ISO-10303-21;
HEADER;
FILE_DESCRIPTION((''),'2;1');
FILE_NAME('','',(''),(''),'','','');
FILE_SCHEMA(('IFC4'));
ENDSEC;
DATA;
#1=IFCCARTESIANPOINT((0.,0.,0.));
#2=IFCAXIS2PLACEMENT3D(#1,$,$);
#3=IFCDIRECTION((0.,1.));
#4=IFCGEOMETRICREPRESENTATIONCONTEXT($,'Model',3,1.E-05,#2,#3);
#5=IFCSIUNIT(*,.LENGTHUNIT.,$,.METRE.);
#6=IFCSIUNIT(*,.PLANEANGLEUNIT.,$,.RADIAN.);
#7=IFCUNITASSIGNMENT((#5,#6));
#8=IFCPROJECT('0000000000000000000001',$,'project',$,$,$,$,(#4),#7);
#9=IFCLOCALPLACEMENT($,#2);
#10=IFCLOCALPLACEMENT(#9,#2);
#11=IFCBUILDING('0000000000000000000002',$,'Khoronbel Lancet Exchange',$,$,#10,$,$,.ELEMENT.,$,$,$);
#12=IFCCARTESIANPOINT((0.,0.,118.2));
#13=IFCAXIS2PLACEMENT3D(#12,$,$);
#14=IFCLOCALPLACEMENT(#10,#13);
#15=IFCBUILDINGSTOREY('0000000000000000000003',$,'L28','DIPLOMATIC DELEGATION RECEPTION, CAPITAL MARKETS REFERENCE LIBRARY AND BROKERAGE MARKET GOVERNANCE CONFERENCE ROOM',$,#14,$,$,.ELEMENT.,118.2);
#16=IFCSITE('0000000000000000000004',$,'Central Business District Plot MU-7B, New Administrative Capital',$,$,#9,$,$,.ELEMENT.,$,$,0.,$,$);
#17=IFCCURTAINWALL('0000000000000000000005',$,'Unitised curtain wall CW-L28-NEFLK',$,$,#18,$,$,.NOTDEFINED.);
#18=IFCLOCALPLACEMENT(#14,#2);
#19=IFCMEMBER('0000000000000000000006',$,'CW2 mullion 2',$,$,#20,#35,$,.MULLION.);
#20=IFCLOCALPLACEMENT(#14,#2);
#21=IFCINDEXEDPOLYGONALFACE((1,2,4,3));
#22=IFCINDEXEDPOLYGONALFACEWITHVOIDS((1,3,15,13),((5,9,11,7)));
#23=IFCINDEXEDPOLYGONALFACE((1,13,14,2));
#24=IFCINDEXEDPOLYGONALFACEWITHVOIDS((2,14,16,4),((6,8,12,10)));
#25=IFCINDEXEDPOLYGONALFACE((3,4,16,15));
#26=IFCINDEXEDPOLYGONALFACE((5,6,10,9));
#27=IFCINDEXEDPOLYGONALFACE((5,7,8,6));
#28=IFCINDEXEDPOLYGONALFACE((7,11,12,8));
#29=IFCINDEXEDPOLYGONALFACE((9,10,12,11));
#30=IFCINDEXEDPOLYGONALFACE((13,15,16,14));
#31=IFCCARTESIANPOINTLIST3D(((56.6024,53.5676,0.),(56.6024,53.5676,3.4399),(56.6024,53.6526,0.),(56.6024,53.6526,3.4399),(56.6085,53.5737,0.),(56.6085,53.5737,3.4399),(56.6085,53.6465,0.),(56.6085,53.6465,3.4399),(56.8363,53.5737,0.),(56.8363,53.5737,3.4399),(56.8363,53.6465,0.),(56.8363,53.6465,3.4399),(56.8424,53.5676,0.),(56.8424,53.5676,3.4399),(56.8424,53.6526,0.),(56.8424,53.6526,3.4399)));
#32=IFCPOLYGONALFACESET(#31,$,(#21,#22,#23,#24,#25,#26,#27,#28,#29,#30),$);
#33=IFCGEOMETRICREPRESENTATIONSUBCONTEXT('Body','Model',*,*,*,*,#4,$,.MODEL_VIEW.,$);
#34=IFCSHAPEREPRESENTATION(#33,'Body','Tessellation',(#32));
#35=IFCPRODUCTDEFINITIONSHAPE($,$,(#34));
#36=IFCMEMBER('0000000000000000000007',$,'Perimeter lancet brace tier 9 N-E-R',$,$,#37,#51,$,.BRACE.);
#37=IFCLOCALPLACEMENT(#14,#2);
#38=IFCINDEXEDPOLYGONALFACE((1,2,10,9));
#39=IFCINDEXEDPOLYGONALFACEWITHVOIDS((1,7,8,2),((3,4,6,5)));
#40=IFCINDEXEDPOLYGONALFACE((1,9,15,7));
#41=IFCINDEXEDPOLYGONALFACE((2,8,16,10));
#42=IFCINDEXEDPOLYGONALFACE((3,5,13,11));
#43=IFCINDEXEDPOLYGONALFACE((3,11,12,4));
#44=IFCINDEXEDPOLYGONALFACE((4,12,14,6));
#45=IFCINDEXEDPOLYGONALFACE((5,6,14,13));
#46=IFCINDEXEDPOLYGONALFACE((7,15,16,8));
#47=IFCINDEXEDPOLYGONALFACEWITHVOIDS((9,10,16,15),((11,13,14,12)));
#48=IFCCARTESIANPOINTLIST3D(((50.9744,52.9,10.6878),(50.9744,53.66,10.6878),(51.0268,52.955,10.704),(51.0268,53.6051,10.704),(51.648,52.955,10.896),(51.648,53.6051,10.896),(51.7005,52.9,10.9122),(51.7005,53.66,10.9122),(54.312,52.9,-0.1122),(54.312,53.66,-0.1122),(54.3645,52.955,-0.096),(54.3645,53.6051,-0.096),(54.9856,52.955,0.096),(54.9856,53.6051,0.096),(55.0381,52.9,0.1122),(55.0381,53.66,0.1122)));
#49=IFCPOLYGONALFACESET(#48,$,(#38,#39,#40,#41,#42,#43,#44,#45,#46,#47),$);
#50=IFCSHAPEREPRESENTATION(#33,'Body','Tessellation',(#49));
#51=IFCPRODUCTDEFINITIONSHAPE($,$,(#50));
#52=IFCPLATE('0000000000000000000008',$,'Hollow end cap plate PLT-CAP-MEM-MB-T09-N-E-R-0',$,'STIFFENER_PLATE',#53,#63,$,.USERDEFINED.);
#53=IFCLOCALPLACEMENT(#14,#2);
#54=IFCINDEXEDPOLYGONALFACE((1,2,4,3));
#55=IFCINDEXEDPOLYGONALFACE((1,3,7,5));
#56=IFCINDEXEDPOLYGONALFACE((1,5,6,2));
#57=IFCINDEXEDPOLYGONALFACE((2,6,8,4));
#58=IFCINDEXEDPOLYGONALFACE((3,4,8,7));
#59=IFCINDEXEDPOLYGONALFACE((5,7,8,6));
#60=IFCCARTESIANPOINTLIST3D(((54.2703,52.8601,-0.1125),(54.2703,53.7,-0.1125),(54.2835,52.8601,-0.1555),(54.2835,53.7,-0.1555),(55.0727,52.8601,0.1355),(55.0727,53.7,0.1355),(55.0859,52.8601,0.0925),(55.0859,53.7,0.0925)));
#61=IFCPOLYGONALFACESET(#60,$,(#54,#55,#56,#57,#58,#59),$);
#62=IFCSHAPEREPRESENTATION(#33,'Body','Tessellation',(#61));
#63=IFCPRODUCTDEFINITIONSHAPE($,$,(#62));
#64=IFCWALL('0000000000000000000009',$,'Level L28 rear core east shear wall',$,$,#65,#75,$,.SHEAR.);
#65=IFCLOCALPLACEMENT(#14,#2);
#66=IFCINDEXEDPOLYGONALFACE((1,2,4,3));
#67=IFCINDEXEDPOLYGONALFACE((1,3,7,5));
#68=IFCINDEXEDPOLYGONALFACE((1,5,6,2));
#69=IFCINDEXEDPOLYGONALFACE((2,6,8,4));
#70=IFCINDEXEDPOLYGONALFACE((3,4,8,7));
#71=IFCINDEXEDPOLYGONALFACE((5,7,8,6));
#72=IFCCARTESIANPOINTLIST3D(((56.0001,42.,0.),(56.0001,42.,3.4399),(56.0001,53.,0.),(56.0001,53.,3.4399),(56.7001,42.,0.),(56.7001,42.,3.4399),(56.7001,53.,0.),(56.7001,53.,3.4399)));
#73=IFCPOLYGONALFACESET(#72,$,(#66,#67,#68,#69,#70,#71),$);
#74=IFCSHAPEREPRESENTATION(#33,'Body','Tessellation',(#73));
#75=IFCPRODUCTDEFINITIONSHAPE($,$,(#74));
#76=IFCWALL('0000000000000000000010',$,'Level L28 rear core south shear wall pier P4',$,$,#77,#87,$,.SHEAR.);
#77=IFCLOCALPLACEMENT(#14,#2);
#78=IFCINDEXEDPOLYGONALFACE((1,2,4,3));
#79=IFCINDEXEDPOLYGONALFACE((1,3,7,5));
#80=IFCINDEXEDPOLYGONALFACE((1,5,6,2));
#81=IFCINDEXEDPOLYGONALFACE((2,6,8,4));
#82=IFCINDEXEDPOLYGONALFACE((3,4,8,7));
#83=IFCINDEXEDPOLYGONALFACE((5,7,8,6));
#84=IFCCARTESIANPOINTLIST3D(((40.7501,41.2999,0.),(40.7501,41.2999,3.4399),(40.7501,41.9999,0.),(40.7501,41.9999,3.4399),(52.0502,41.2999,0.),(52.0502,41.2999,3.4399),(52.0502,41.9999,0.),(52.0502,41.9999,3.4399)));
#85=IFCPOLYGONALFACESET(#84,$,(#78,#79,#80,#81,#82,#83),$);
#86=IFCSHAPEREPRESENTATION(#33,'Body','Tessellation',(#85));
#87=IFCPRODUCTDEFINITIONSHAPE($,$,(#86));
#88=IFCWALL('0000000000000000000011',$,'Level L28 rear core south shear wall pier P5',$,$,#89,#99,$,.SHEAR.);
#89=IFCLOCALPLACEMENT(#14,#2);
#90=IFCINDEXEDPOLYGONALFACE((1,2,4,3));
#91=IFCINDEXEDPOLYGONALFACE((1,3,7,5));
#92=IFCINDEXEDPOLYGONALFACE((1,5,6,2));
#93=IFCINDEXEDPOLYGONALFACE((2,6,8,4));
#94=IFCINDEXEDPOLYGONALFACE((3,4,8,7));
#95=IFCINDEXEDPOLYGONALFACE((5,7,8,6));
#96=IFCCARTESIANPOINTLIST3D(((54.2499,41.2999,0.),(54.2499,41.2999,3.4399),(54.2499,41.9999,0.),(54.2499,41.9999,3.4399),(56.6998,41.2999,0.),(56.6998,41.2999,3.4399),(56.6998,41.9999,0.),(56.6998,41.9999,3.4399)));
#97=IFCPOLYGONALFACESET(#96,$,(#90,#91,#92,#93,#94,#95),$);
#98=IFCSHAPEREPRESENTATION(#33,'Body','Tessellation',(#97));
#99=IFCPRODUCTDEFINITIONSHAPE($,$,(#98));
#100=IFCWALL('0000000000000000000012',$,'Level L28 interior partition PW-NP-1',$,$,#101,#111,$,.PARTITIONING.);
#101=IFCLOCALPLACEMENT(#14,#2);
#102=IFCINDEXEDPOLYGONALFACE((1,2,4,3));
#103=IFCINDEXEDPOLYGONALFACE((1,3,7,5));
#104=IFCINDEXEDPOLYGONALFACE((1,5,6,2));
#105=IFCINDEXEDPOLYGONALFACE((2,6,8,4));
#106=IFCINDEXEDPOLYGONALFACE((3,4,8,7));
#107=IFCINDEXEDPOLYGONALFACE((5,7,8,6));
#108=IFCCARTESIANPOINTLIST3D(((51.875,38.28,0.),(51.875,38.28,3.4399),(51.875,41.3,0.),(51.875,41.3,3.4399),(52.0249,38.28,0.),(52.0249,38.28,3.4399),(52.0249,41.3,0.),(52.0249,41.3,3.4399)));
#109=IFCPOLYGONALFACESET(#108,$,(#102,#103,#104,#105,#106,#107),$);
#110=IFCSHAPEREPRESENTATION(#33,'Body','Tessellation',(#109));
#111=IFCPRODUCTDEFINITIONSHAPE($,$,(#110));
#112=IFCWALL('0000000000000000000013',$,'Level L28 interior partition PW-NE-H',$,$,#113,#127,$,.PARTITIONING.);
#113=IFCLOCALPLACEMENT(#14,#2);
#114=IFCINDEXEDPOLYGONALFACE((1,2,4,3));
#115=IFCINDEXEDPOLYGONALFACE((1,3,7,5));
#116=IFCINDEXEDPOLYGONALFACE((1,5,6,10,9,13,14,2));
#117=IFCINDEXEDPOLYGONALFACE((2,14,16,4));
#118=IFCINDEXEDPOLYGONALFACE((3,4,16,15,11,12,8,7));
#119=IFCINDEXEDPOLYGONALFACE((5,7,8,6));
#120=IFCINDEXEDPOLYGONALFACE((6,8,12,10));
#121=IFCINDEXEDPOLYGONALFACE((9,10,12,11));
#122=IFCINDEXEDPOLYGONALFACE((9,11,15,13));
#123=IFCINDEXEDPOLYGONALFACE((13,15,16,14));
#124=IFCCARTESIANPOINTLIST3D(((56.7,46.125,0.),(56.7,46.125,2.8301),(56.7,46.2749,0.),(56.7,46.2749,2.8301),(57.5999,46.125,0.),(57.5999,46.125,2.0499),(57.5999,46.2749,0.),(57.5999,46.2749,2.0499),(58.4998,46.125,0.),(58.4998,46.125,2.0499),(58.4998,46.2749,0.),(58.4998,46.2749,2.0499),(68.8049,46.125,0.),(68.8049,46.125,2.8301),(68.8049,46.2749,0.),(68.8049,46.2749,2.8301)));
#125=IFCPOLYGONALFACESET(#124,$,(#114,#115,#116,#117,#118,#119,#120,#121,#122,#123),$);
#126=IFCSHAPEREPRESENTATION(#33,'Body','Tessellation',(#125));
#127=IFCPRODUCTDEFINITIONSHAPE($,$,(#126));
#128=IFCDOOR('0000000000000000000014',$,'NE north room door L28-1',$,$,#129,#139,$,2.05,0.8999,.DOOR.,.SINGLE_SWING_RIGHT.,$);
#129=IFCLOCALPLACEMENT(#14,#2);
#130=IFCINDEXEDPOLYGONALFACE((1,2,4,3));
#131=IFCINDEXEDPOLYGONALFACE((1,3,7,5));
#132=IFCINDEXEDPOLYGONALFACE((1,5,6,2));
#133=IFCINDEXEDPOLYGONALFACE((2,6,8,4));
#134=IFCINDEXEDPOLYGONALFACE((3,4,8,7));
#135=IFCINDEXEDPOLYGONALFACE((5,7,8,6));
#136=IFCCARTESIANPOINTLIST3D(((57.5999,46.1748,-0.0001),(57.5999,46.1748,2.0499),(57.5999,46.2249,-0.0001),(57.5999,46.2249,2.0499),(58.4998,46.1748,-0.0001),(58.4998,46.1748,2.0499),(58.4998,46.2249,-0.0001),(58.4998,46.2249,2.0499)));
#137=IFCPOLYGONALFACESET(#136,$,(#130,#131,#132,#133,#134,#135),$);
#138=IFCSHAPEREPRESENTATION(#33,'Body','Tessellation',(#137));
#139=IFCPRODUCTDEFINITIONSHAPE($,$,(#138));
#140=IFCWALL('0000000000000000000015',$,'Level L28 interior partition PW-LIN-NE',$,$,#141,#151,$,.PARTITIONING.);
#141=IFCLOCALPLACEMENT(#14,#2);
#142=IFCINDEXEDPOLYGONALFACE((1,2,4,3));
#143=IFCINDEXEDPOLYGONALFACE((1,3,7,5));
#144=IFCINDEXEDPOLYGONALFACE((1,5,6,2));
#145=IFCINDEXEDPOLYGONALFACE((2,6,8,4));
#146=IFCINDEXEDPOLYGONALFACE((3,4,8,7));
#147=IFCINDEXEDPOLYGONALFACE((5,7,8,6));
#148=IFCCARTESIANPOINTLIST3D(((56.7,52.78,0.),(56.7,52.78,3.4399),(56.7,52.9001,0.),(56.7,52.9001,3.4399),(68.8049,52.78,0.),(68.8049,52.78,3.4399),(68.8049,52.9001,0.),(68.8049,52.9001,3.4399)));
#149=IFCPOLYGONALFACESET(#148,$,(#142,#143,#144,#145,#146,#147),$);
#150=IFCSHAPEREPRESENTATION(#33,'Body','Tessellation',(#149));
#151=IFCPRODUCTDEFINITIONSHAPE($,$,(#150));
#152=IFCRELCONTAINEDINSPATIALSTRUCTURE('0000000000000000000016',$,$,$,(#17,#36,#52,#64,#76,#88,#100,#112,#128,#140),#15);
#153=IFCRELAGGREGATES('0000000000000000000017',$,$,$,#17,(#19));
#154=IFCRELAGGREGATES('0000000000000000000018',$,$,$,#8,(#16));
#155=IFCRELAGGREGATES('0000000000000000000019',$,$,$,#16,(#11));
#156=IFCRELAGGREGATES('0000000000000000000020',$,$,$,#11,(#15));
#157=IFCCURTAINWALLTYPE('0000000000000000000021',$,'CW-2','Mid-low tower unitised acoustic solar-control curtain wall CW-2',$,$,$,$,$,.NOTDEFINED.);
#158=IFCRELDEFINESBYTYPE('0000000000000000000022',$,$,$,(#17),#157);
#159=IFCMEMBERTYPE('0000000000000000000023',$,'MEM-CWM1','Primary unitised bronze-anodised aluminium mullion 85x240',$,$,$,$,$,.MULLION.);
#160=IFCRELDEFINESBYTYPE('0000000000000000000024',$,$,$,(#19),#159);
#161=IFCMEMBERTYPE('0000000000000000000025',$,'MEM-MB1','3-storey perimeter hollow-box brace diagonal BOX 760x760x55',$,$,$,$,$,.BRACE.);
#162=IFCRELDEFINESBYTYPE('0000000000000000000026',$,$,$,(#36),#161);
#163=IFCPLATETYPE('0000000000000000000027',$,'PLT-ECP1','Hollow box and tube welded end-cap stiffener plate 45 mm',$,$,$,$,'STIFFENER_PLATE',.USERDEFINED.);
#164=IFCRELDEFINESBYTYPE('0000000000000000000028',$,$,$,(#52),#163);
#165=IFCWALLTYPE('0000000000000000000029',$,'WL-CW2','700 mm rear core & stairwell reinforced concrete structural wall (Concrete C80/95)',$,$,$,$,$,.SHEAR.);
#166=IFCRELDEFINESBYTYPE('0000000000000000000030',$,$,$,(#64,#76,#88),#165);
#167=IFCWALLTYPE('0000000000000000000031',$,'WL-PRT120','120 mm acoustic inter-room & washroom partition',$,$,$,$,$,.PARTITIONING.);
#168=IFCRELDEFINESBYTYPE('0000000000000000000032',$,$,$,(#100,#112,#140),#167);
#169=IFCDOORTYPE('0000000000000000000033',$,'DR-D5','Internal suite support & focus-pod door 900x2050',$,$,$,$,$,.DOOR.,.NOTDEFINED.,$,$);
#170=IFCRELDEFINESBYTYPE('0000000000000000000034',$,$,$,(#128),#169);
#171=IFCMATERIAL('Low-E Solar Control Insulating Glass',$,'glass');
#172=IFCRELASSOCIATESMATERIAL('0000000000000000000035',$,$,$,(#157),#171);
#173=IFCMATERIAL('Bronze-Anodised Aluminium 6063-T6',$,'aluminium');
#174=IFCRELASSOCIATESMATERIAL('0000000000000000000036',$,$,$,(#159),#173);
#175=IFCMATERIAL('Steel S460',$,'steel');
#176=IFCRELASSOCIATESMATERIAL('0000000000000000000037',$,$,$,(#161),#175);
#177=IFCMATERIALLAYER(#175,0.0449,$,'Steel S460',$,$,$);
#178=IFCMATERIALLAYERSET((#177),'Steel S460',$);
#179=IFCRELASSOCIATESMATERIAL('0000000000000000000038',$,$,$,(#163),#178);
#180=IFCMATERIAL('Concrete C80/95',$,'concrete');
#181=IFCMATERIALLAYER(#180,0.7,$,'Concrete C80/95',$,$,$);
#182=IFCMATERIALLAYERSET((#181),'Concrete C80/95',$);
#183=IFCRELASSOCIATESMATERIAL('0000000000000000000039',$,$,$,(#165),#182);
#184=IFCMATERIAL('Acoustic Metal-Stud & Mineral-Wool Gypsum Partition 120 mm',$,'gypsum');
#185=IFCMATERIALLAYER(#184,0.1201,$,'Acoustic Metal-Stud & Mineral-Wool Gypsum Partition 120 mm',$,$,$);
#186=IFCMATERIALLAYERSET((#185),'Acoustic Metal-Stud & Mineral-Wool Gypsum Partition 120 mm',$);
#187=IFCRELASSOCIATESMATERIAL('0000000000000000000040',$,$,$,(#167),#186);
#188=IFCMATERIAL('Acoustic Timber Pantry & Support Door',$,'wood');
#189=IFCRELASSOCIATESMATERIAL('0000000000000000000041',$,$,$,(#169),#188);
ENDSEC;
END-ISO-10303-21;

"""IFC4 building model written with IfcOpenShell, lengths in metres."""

from ifc_helpers import new_model, si_unit, direction, frame, frame_2d, origin, origin_2d, place, context, subcontext, project, spatial, polyline, rectangle, hollow_rectangle, outline, extrude, material, layer, layer_set, material_profile, profile_set, type_object, element, fill, aggregate, save


model = new_model("IFC4")

# Units and contexts
model_context = context("Model", 3, precision=1e-05, world=origin(), true_north=direction((0.0, 1.0)))
body_context = subcontext(model_context, "Body", "Model", "MODEL_VIEW")
ifc_project = project(units=[si_unit("LENGTHUNIT", "METRE"), si_unit("PLANEANGLEUNIT", "RADIAN")], contexts=[model_context])

# Site, building, storey
site_placement = place(None, origin())
site = spatial("IfcSite", under=ifc_project, at=site_placement, Name="Central Business District Plot MU-7B, New Administrative Capital", CompositionType="ELEMENT", RefElevation=0.0)
building_placement = place(site_placement, origin())
building = spatial("IfcBuilding", under=site, at=building_placement, Name="Khoronbel Lancet Exchange", CompositionType="ELEMENT")
storey_placement = place(building_placement, frame((0.0, 0.0, 118.2)))
storey = spatial("IfcBuildingStorey", under=building, at=storey_placement, Name="L28", Description="DIPLOMATIC DELEGATION RECEPTION, CAPITAL MARKETS REFERENCE LIBRARY AND BROKERAGE MARKET GOVERNANCE CONFERENCE ROOM", CompositionType="ELEMENT", Elevation=118.2)

# Shared definitions
ifc_material_1 = material(Name="Steel S460", Category="steel")

# Shared definitions
ifc_material_2 = material(Name="Concrete C80/95", Category="concrete")

# Curtain wall, member
ifc_material_3 = material(Name="Low-E Solar Control Insulating Glass", Category="glass")
curtain_wall_type = type_object("IfcCurtainWallType", Name="CW-2", Description="Mid-low tower unitised acoustic solar-control curtain wall CW-2", PredefinedType="NOTDEFINED", material=ifc_material_3)
curtain_wall_placement = place(storey_placement, origin())
curtain_wall = element("IfcCurtainWall", 1, at=curtain_wall_placement, inside=storey, type_object=curtain_wall_type, Name="Unitised curtain wall CW-L28-NEFLK", PredefinedType="NOTDEFINED")
ifc_material_4 = material(Name="Bronze-Anodised Aluminium 6063-T6", Category="aluminium")
ifc_material_profile_1 = material_profile(ifc_material_4, hollow_rectangle(XDim=0.085, YDim=0.24, WallThickness=0.0061, at=origin_2d()), Name="ALU MULLION 85x240")
ifc_profile_set_1 = profile_set([ifc_material_profile_1], Name="Bronze-Anodised Aluminium 6063-T6")
member_type_1 = type_object("IfcMemberType", Name="MEM-CWM1", Description="Primary unitised bronze-anodised aluminium mullion 85x240", PredefinedType="MULLION", material=ifc_profile_set_1)
member_1_placement = place(storey_placement, frame((56.7224, 53.6101, 0.0), z_axis=(0.0, 0.0, 1.0), x_axis=(0.0, -1.0, 0.0)))
member_1 = element("IfcMember", 2, at=member_1_placement, type_object=member_type_1, Name="CW2 mullion 2", PredefinedType="MULLION", context=body_context, shape_type="SweptSolid", body=[
    extrude(hollow_rectangle(XDim=0.085, YDim=0.24, WallThickness=0.0061, at=origin_2d()), origin(), (0.0, 0.0, 1.0), 3.4399),
])
aggregate(curtain_wall, [member_1])

# Member
ifc_material_profile_2 = material_profile(ifc_material_1, hollow_rectangle(XDim=0.76, YDim=0.76, WallThickness=0.0549, at=origin_2d()), Name="BOX 760x760x55")
ifc_profile_set_2 = profile_set([ifc_material_profile_2], Name="Steel S460")
member_type_2 = type_object("IfcMemberType", Name="MEM-MB1", Description="3-storey perimeter hollow-box brace diagonal BOX 760x760x55", PredefinedType="BRACE", material=ifc_profile_set_2)
member_2_placement = place(storey_placement, frame((54.675, 53.28, 0.0), z_axis=(-0.295262, 0.0, 0.955416), x_axis=(0.0, -1.0, 0.0)))
element("IfcMember", 3, at=member_2_placement, inside=storey, type_object=member_type_2, Name="Perimeter lancet brace tier 9 N-E-R", PredefinedType="BRACE", context=body_context, shape_type="SweptSolid", body=[
    extrude(hollow_rectangle(XDim=0.76, YDim=0.76, WallThickness=0.0549, at=origin_2d()), origin(), (0.0, 0.0, 1.0), 11.304),
])

# Plate
ifc_layer_1 = layer(ifc_material_1, 0.0449, Name="Steel S460")
ifc_layer_set_1 = layer_set([ifc_layer_1], Name="Steel S460")
plate_type = type_object("IfcPlateType", Name="PLT-ECP1", Description="Hollow box and tube welded end-cap stiffener plate 45 mm", ElementType="STIFFENER_PLATE", PredefinedType="USERDEFINED", material=ifc_layer_set_1)
plate_placement = place(storey_placement, frame((54.2703, 53.7, -0.1125), z_axis=(-0.295311, 0.0, 0.955401), x_axis=(0.0, -1.0, 0.0)))
element("IfcPlate", 4, at=plate_placement, inside=storey, type_object=plate_type, Name="Hollow end cap plate PLT-CAP-MEM-MB-T09-N-E-R-0", ObjectType="STIFFENER_PLATE", PredefinedType="USERDEFINED", context=body_context, shape_type="SweptSolid", body=[
    extrude(outline(polyline([(0.0, 0.0), (0.8398, 0.0), (0.8398, 0.8398), (0.0, 0.8398), (0.0, 0.0)])), origin(), (0.0, 0.0, -1.0), 0.0449),
])

# Walls
ifc_layer_2 = layer(ifc_material_2, 0.7, Name="Concrete C80/95")
ifc_layer_set_2 = layer_set([ifc_layer_2], Name="Concrete C80/95")
wall_type_1 = type_object("IfcWallType", Name="WL-CW2", Description="700 mm rear core & stairwell reinforced concrete structural wall (Concrete C80/95)", PredefinedType="SHEAR", material=ifc_layer_set_2)
wall_1_placement = place(storey_placement, frame((56.3501, 53.0, 0.0), z_axis=(0.0, 0.0, 1.0), x_axis=(0.0, -1.0, 0.0)))
element("IfcWall", 5, at=wall_1_placement, inside=storey, type_object=wall_type_1, Name="Level L28 rear core east shear wall", PredefinedType="SHEAR", context=body_context, shape_type="SweptSolid", body=[
    extrude(rectangle(XDim=11.0, YDim=0.7, at=frame_2d((5.5, 0.0))), origin(), (0.0, 0.0, 1.0), 3.4399),
])
wall_2_placement = place(storey_placement, frame((52.05, 41.6499, 0.0), z_axis=(0.0, 0.0, 1.0), x_axis=(-1.0, 0.0, 0.0)))
element("IfcWall", 6, at=wall_2_placement, inside=storey, type_object=wall_type_1, Name="Level L28 rear core south shear wall pier P4", PredefinedType="SHEAR", context=body_context, shape_type="SweptSolid", body=[
    extrude(rectangle(XDim=11.3, YDim=0.7, at=frame_2d((5.6499, 0.0))), origin(), (0.0, 0.0, 1.0), 3.4399),
])
wall_3_placement = place(storey_placement, frame((56.7, 41.6499, 0.0), z_axis=(0.0, 0.0, 1.0), x_axis=(-1.0, 0.0, 0.0)))
element("IfcWall", 7, at=wall_3_placement, inside=storey, type_object=wall_type_1, Name="Level L28 rear core south shear wall pier P5", PredefinedType="SHEAR", context=body_context, shape_type="SweptSolid", body=[
    extrude(rectangle(XDim=2.45, YDim=0.7, at=frame_2d((1.2251, 0.0))), origin(), (0.0, 0.0, 1.0), 3.4399),
])
ifc_material_5 = material(Name="Acoustic Metal-Stud & Mineral-Wool Gypsum Partition 120 mm", Category="gypsum")
ifc_layer_3 = layer(ifc_material_5, 0.1201, Name="Acoustic Metal-Stud & Mineral-Wool Gypsum Partition 120 mm")
ifc_layer_set_3 = layer_set([ifc_layer_3], Name="Acoustic Metal-Stud & Mineral-Wool Gypsum Partition 120 mm")
wall_type_2 = type_object("IfcWallType", Name="WL-PRT120", Description="120 mm acoustic inter-room & washroom partition", PredefinedType="PARTITIONING", material=ifc_layer_set_3)
wall_4_placement = place(storey_placement, frame((51.95, 38.28, 0.0), z_axis=(0.0, 0.0, 1.0), x_axis=(0.0, 1.0, 0.0)))
element("IfcWall", 8, at=wall_4_placement, inside=storey, type_object=wall_type_2, Name="Level L28 interior partition PW-NP-1", PredefinedType="PARTITIONING", context=body_context, shape_type="SweptSolid", body=[
    extrude(rectangle(XDim=3.02, YDim=0.1499, at=frame_2d((1.51, 0.0))), origin(), (0.0, 0.0, 1.0), 3.4399),
])

# Wall, opening, door
wall_5_placement = place(storey_placement, frame((56.7, 46.2, 0.0), z_axis=(0.0, 0.0, 1.0), x_axis=(1.0, 0.0, 0.0)))
wall_5 = element("IfcWall", 9, at=wall_5_placement, inside=storey, type_object=wall_type_2, Name="Level L28 interior partition PW-NE-H", PredefinedType="PARTITIONING", context=body_context, shape_type="SweptSolid", body=[
    extrude(rectangle(XDim=12.105, YDim=0.1499, at=frame_2d((6.0525, 0.0))), origin(), (0.0, 0.0, 1.0), 2.8301),
])
opening_1_placement = place(wall_5_placement, frame((0.8999, 0.0, 0.0)))
opening_1 = element("IfcOpeningElement", 10, at=opening_1_placement, cuts=wall_5, PredefinedType="OPENING", context=body_context, shape_type="SweptSolid", body=[
    extrude(rectangle(XDim=0.8999, YDim=2.05, at=frame_2d((0.45, 1.0249))), frame((0.0, 0.085, 0.0), z_axis=(0.0, -1.0, 0.0), x_axis=(1.0, 0.0, 0.0)), (0.0, 0.0, 1.0), 0.1699),
])
ifc_material_6 = material(Name="Acoustic Timber Pantry & Support Door", Category="wood")
door_type_1 = type_object("IfcDoorType", Name="DR-D5", Description="Internal suite support & focus-pod door 900x2050", OperationType="NOTDEFINED", PredefinedType="DOOR", material=ifc_material_6)
door_1_placement = place(opening_1_placement, origin())
door_1 = element("IfcDoor", 11, at=door_1_placement, inside=storey, type_object=door_type_1, Name="NE north room door L28-1", OperationType="SINGLE_SWING_RIGHT", OverallHeight=2.05, OverallWidth=0.8999, PredefinedType="DOOR", context=body_context, shape_type="SweptSolid", body=[
    extrude(rectangle(XDim=0.8999, YDim=2.05, at=frame_2d((0.45, 1.0249))), frame((0.0, 0.0249, 0.0), z_axis=(0.0, -1.0, 0.0), x_axis=(1.0, 0.0, 0.0)), (0.0, 0.0, 1.0), 0.05),
])
fill(opening_1, door_1)

# Wall
wall_6_placement = place(storey_placement, frame((56.7, 52.8401, 0.0), z_axis=(0.0, 0.0, 1.0), x_axis=(1.0, 0.0, 0.0)))
element("IfcWall", 12, at=wall_6_placement, inside=storey, type_object=wall_type_2, Name="Level L28 interior partition PW-LIN-NE", PredefinedType="PARTITIONING", context=body_context, shape_type="SweptSolid", body=[
    extrude(rectangle(XDim=12.105, YDim=0.1201, at=frame_2d((6.0525, 0.0))), origin(), (0.0, 0.0, 1.0), 3.4399),
])

save(model, "model.ifc")
